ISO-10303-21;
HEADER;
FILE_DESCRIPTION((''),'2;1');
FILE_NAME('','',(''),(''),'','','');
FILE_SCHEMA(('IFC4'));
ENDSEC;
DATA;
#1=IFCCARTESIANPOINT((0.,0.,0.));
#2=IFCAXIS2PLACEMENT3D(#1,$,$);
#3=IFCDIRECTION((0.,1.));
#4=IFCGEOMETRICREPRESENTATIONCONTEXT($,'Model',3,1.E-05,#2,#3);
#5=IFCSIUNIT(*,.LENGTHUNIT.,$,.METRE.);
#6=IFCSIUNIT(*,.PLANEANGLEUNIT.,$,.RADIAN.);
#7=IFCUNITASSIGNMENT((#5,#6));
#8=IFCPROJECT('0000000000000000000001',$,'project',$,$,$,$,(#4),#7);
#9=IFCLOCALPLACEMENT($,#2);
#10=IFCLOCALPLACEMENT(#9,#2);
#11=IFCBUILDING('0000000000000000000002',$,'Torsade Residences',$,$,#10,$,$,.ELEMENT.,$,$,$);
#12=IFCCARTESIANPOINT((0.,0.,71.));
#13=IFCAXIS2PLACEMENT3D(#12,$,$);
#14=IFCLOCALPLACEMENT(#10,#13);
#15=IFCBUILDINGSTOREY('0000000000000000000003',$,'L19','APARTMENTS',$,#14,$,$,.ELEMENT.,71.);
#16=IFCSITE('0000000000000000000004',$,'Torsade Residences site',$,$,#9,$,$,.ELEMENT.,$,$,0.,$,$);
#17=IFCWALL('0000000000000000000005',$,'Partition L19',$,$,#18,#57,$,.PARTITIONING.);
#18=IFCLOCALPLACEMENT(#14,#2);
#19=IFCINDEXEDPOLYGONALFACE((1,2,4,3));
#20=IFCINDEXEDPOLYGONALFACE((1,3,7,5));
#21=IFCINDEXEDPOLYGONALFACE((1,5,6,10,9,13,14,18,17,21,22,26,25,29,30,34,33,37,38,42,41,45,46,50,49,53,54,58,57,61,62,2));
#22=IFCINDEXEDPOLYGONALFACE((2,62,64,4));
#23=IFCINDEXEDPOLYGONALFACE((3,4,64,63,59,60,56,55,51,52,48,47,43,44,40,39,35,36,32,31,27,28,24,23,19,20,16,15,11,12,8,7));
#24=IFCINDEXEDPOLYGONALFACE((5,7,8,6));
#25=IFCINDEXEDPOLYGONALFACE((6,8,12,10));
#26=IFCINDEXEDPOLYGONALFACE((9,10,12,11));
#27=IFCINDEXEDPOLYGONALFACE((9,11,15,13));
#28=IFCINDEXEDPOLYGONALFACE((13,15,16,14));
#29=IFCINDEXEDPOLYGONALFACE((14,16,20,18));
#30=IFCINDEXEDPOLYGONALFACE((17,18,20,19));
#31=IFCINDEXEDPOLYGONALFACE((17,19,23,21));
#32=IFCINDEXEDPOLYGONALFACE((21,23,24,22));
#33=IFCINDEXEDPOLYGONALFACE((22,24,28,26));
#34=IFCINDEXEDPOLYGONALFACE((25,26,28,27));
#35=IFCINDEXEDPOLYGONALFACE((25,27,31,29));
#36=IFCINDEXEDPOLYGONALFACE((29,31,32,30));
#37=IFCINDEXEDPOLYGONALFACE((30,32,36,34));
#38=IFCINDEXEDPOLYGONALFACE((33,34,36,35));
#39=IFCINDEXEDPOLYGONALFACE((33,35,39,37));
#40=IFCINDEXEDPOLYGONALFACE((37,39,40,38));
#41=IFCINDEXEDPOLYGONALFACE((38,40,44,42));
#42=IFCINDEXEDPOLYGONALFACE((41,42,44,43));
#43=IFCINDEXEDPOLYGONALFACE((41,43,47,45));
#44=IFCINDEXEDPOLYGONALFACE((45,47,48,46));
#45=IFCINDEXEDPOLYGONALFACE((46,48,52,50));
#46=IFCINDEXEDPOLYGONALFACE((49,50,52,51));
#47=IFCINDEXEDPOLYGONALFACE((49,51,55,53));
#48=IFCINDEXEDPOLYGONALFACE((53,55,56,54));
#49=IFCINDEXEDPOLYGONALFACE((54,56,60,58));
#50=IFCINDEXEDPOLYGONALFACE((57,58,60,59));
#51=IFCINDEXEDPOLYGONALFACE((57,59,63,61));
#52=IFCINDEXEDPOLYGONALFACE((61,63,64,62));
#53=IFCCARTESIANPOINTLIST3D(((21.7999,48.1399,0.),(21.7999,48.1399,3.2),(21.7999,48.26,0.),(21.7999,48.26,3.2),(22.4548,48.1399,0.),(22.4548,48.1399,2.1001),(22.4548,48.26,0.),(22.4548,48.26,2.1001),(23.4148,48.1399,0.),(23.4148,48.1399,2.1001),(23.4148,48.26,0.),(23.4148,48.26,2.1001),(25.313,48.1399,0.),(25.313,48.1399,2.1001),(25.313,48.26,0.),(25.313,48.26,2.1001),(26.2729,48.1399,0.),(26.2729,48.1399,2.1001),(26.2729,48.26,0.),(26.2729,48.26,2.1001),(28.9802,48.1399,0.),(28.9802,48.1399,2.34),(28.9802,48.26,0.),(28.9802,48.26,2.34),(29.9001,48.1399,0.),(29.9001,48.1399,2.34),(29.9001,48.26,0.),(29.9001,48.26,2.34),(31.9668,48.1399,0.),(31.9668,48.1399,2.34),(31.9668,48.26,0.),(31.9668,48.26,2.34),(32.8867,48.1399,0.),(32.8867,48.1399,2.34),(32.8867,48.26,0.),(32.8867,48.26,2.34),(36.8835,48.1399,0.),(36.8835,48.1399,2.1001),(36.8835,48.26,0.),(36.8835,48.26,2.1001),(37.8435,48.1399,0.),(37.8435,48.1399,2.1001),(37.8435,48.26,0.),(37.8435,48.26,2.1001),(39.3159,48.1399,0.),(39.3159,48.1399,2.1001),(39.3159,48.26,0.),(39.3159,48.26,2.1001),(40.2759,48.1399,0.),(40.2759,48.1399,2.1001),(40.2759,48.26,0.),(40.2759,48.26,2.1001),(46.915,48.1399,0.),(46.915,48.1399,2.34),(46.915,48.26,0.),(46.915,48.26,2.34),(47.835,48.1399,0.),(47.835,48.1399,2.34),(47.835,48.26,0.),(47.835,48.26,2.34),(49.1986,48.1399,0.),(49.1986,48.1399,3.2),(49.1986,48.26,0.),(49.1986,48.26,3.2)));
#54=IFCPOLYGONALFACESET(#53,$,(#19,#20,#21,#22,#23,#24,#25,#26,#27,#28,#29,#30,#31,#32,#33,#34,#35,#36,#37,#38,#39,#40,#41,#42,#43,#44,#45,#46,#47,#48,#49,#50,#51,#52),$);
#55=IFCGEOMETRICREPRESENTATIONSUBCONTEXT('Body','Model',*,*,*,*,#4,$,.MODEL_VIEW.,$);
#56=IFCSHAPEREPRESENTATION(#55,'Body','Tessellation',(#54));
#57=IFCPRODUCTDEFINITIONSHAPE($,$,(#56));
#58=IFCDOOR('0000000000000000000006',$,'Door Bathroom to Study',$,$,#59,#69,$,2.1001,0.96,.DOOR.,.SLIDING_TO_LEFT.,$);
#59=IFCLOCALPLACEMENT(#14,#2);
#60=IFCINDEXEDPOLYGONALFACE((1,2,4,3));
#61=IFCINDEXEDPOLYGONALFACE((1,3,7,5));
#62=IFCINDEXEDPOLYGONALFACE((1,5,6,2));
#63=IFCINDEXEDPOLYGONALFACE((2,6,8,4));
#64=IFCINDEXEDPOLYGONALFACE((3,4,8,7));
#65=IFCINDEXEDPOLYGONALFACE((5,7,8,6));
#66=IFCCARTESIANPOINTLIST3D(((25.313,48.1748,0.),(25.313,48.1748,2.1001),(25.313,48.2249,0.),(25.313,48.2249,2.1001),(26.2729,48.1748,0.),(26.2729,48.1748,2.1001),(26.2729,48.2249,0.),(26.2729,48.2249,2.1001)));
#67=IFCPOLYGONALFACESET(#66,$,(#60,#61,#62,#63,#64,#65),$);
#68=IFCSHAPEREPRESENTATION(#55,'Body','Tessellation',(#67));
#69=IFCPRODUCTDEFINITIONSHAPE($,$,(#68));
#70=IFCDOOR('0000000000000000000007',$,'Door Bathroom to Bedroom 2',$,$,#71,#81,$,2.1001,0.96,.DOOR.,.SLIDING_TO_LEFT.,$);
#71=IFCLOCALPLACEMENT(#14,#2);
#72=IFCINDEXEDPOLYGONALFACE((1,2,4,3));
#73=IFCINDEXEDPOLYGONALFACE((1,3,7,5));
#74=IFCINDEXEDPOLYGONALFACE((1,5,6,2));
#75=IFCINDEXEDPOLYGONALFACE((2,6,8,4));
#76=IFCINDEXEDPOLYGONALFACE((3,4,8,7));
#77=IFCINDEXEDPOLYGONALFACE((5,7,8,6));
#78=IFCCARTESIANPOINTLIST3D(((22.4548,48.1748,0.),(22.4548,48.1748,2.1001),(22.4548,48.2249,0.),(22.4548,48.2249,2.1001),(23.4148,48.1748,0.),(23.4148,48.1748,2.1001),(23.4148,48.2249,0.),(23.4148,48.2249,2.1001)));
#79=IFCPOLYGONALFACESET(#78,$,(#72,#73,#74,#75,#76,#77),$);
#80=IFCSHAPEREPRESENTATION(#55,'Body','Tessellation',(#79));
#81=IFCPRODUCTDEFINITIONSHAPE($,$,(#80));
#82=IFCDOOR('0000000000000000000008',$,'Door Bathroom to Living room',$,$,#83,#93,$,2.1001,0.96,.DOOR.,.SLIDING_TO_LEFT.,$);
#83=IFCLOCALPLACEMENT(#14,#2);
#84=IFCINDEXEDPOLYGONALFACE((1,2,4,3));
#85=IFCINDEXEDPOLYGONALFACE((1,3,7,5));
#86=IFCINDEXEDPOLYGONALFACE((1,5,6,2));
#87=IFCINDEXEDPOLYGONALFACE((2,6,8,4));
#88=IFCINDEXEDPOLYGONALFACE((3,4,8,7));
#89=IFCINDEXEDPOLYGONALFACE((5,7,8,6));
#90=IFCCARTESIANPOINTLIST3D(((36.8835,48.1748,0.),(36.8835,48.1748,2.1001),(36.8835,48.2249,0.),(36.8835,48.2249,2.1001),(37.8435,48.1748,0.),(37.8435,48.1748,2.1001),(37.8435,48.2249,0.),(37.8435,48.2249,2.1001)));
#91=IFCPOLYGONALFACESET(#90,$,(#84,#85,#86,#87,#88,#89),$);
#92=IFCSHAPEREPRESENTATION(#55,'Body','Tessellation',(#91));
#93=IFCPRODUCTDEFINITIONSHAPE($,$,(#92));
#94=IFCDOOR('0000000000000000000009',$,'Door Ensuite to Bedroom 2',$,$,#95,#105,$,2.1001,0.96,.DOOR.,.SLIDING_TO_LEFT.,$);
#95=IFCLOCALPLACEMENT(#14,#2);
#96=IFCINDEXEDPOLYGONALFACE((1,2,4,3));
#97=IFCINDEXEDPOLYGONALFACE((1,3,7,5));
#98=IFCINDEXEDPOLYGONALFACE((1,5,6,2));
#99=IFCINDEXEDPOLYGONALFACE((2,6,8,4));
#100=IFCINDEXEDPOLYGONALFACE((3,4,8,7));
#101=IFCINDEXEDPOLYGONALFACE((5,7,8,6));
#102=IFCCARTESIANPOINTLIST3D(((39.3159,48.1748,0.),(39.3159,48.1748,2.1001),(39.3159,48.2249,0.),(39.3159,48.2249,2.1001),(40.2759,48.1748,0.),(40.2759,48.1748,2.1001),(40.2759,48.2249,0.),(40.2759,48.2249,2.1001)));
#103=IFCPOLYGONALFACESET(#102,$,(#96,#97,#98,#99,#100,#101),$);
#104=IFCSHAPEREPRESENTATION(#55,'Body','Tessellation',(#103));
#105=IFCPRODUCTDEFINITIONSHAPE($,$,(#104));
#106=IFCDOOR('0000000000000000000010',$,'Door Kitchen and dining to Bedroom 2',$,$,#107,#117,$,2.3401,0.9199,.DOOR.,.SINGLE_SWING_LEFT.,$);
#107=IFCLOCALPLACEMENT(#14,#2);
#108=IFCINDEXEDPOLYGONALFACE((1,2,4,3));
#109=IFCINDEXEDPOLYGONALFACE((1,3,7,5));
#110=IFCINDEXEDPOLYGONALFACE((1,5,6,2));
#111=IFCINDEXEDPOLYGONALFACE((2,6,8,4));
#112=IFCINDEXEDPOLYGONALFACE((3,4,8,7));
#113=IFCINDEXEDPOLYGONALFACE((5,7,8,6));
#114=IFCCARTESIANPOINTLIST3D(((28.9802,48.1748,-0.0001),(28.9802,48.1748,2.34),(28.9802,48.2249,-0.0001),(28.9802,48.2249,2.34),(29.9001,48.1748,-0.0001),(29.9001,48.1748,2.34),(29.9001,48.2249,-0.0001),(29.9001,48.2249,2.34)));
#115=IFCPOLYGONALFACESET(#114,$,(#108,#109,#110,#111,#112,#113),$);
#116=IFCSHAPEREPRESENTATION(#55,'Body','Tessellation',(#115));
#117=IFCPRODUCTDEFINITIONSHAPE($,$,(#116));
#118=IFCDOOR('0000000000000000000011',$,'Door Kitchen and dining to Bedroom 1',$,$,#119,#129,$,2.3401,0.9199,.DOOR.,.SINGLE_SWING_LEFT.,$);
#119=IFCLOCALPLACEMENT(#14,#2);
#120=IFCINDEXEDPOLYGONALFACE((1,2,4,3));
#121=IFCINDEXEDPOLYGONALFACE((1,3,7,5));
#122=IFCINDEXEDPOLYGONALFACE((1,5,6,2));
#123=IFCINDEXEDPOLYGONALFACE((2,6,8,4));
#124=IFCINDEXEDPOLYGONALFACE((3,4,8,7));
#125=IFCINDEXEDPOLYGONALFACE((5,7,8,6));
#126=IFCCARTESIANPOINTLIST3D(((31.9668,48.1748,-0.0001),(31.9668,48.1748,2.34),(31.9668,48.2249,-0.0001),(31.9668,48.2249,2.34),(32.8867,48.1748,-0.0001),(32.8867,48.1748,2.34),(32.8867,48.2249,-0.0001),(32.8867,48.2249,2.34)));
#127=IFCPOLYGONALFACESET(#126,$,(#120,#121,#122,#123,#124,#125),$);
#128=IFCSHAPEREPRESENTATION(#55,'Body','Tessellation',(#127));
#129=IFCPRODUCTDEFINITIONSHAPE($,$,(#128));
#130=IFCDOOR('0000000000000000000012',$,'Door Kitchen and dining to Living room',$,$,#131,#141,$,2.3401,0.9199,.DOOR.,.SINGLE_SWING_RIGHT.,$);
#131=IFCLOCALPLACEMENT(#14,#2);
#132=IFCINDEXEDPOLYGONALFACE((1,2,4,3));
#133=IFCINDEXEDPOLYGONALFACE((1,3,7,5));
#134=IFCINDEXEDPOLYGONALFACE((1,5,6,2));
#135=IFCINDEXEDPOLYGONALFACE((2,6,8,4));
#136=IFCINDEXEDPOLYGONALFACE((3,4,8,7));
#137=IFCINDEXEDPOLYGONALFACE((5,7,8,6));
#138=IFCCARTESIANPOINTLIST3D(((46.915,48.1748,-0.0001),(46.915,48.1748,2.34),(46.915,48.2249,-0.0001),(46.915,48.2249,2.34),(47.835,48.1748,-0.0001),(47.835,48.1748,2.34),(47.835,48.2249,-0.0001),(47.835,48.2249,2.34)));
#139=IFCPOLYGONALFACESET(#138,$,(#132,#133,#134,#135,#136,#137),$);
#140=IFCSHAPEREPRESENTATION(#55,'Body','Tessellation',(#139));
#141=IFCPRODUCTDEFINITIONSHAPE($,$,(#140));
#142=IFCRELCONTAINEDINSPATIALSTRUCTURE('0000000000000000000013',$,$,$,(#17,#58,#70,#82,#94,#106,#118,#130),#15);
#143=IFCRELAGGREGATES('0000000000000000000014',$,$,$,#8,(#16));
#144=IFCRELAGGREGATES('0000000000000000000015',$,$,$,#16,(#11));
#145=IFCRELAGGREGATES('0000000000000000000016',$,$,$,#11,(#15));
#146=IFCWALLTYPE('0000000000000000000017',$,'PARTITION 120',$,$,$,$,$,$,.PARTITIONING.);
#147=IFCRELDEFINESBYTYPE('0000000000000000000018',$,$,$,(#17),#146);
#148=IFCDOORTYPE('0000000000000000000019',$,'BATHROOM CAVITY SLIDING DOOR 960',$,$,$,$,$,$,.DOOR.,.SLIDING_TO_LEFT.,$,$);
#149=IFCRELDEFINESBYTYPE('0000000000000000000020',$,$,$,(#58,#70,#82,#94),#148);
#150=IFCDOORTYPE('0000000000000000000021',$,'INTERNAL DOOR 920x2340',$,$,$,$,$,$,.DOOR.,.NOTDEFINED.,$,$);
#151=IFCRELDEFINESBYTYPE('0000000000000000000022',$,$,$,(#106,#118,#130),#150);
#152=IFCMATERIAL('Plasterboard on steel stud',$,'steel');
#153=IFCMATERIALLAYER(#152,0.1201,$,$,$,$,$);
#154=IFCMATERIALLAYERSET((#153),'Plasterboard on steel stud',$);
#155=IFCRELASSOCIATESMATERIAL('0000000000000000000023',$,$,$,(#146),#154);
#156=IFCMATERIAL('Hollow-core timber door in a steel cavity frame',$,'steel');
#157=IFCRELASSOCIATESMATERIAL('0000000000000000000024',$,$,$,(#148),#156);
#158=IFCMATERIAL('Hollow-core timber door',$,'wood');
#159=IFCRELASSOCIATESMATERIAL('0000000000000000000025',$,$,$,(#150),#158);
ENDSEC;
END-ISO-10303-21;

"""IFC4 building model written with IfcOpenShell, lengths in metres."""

from ifc_helpers import new_model, si_unit, direction, frame, frame_2d, origin, place, context, subcontext, project, spatial, rectangle, extrude, material, layer, layer_set, type_object, element, fill, save


model = new_model("IFC4")

# Units and contexts
model_context = context("Model", 3, precision=1e-05, world=origin(), true_north=direction((0.0, 1.0)))
body_context = subcontext(model_context, "Body", "Model", "MODEL_VIEW")
ifc_project = project(units=[si_unit("LENGTHUNIT", "METRE"), si_unit("PLANEANGLEUNIT", "RADIAN")], contexts=[model_context])

# Site, building, storey
site_placement = place(None, origin())
site = spatial("IfcSite", under=ifc_project, at=site_placement, Name="Torsade Residences site", CompositionType="ELEMENT", RefElevation=0.0)
building_placement = place(site_placement, origin())
building = spatial("IfcBuilding", under=site, at=building_placement, Name="Torsade Residences", CompositionType="ELEMENT")
storey_placement = place(building_placement, frame((0.0, 0.0, 71.0)))
storey = spatial("IfcBuildingStorey", under=building, at=storey_placement, Name="L19", Description="APARTMENTS", CompositionType="ELEMENT", Elevation=71.0)

# Wall, openings, doors
ifc_material_1 = material(Name="Plasterboard on steel stud", Category="steel")
ifc_layer_1 = layer(ifc_material_1, 0.1201)
ifc_layer_set_1 = layer_set([ifc_layer_1], Name="Plasterboard on steel stud")
wall_type_1 = type_object("IfcWallType", Name="PARTITION 120", PredefinedType="PARTITIONING", material=ifc_layer_set_1)
wall_1_placement = place(storey_placement, frame((21.8, 48.2, 0.0), z_axis=(0.0, 0.0, 1.0), x_axis=(1.0, 0.0, 0.0)))
wall_1 = element("IfcWall", 1, at=wall_1_placement, inside=storey, type_object=wall_type_1, Name="Partition L19", PredefinedType="PARTITIONING", context=body_context, shape_type="SweptSolid", body=[
    extrude(rectangle(XDim=27.3987, YDim=0.1201, at=frame_2d((13.6992, 0.0))), origin(), (0.0, 0.0, 1.0), 3.2),
])
opening_1_placement = place(wall_1_placement, frame((7.1802, 0.0, 0.0)))
opening_1 = element("IfcOpeningElement", 2, at=opening_1_placement, cuts=wall_1, PredefinedType="OPENING", context=body_context, shape_type="SweptSolid", body=[
    extrude(rectangle(XDim=0.9199, YDim=2.3401, at=frame_2d((0.46, 1.1699))), frame((0.0, 0.0701, 0.0), z_axis=(0.0, -1.0, 0.0), x_axis=(1.0, 0.0, 0.0)), (0.0, 0.0, 1.0), 0.1401),
])
opening_2_placement = place(wall_1_placement, frame((10.1667, 0.0, 0.0)))
opening_2 = element("IfcOpeningElement", 3, at=opening_2_placement, cuts=wall_1, PredefinedType="OPENING", context=body_context, shape_type="SweptSolid", body=[
    extrude(rectangle(XDim=0.9199, YDim=2.3401, at=frame_2d((0.46, 1.1699))), frame((0.0, 0.0701, 0.0), z_axis=(0.0, -1.0, 0.0), x_axis=(1.0, 0.0, 0.0)), (0.0, 0.0, 1.0), 0.1401),
])
opening_3_placement = place(wall_1_placement, frame((25.115, 0.0, 0.0)))
opening_3 = element("IfcOpeningElement", 4, at=opening_3_placement, cuts=wall_1, PredefinedType="OPENING", context=body_context, shape_type="SweptSolid", body=[
    extrude(rectangle(XDim=0.9199, YDim=2.3401, at=frame_2d((0.46, 1.1699))), frame((0.0, 0.0701, 0.0), z_axis=(0.0, -1.0, 0.0), x_axis=(1.0, 0.0, 0.0)), (0.0, 0.0, 1.0), 0.1401),
])
opening_4_placement = place(wall_1_placement, frame((3.5129, 0.0, 0.0)))
opening_4 = element("IfcOpeningElement", 5, at=opening_4_placement, cuts=wall_1, PredefinedType="OPENING", context=body_context, shape_type="SweptSolid", body=[
    extrude(rectangle(XDim=0.96, YDim=2.1001, at=frame_2d((0.48, 1.05))), frame((0.0, 0.0701, 0.0), z_axis=(0.0, -1.0, 0.0), x_axis=(1.0, 0.0, 0.0)), (0.0, 0.0, 1.0), 0.1401),
])
opening_5_placement = place(wall_1_placement, frame((0.6548, 0.0, 0.0)))
opening_5 = element("IfcOpeningElement", 6, at=opening_5_placement, cuts=wall_1, PredefinedType="OPENING", context=body_context, shape_type="SweptSolid", body=[
    extrude(rectangle(XDim=0.96, YDim=2.1001, at=frame_2d((0.48, 1.05))), frame((0.0, 0.0701, 0.0), z_axis=(0.0, -1.0, 0.0), x_axis=(1.0, 0.0, 0.0)), (0.0, 0.0, 1.0), 0.1401),
])
opening_6_placement = place(wall_1_placement, frame((15.0835, 0.0, 0.0)))
opening_6 = element("IfcOpeningElement", 7, at=opening_6_placement, cuts=wall_1, PredefinedType="OPENING", context=body_context, shape_type="SweptSolid", body=[
    extrude(rectangle(XDim=0.96, YDim=2.1001, at=frame_2d((0.48, 1.05))), frame((0.0, 0.0701, 0.0), z_axis=(0.0, -1.0, 0.0), x_axis=(1.0, 0.0, 0.0)), (0.0, 0.0, 1.0), 0.1401),
])
opening_7_placement = place(wall_1_placement, frame((17.5159, 0.0, 0.0)))
opening_7 = element("IfcOpeningElement", 8, at=opening_7_placement, cuts=wall_1, PredefinedType="OPENING", context=body_context, shape_type="SweptSolid", body=[
    extrude(rectangle(XDim=0.96, YDim=2.1001, at=frame_2d((0.48, 1.05))), frame((0.0, 0.0701, 0.0), z_axis=(0.0, -1.0, 0.0), x_axis=(1.0, 0.0, 0.0)), (0.0, 0.0, 1.0), 0.1401),
])
ifc_material_2 = material(Name="Hollow-core timber door in a steel cavity frame", Category="steel")
door_type_1 = type_object("IfcDoorType", Name="BATHROOM CAVITY SLIDING DOOR 960", OperationType="SLIDING_TO_LEFT", PredefinedType="DOOR", material=ifc_material_2)
door_1_placement = place(opening_4_placement, origin())
door_1 = element("IfcDoor", 9, at=door_1_placement, inside=storey, type_object=door_type_1, Name="Door Bathroom to Study", OperationType="SLIDING_TO_LEFT", OverallHeight=2.1001, OverallWidth=0.96, PredefinedType="DOOR", context=body_context, shape_type="SweptSolid", body=[
    extrude(rectangle(XDim=0.96, YDim=2.1001, at=frame_2d((0.48, 1.05))), frame((0.0, 0.0249, 0.0), z_axis=(0.0, -1.0, 0.0), x_axis=(1.0, 0.0, 0.0)), (0.0, 0.0, 1.0), 0.05),
])
fill(opening_4, door_1)
door_2_placement = place(opening_5_placement, origin())
door_2 = element("IfcDoor", 10, at=door_2_placement, inside=storey, type_object=door_type_1, Name="Door Bathroom to Bedroom 2", OperationType="SLIDING_TO_LEFT", OverallHeight=2.1001, OverallWidth=0.96, PredefinedType="DOOR", context=body_context, shape_type="SweptSolid", body=[
    extrude(rectangle(XDim=0.96, YDim=2.1001, at=frame_2d((0.48, 1.05))), frame((0.0, 0.0249, 0.0), z_axis=(0.0, -1.0, 0.0), x_axis=(1.0, 0.0, 0.0)), (0.0, 0.0, 1.0), 0.05),
])
fill(opening_5, door_2)
door_3_placement = place(opening_6_placement, origin())
door_3 = element("IfcDoor", 11, at=door_3_placement, inside=storey, type_object=door_type_1, Name="Door Bathroom to Living room", OperationType="SLIDING_TO_LEFT", OverallHeight=2.1001, OverallWidth=0.96, PredefinedType="DOOR", context=body_context, shape_type="SweptSolid", body=[
    extrude(rectangle(XDim=0.96, YDim=2.1001, at=frame_2d((0.48, 1.05))), frame((0.0, 0.0249, 0.0), z_axis=(0.0, -1.0, 0.0), x_axis=(1.0, 0.0, 0.0)), (0.0, 0.0, 1.0), 0.05),
])
fill(opening_6, door_3)
door_4_placement = place(opening_7_placement, origin())
door_4 = element("IfcDoor", 12, at=door_4_placement, inside=storey, type_object=door_type_1, Name="Door Ensuite to Bedroom 2", OperationType="SLIDING_TO_LEFT", OverallHeight=2.1001, OverallWidth=0.96, PredefinedType="DOOR", context=body_context, shape_type="SweptSolid", body=[
    extrude(rectangle(XDim=0.96, YDim=2.1001, at=frame_2d((0.48, 1.05))), frame((0.0, 0.0249, 0.0), z_axis=(0.0, -1.0, 0.0), x_axis=(1.0, 0.0, 0.0)), (0.0, 0.0, 1.0), 0.05),
])
fill(opening_7, door_4)
ifc_material_3 = material(Name="Hollow-core timber door", Category="wood")
door_type_2 = type_object("IfcDoorType", Name="INTERNAL DOOR 920x2340", OperationType="NOTDEFINED", PredefinedType="DOOR", material=ifc_material_3)
door_5_placement = place(opening_1_placement, origin())
door_5 = element("IfcDoor", 13, at=door_5_placement, inside=storey, type_object=door_type_2, Name="Door Kitchen and dining to Bedroom 2", OperationType="SINGLE_SWING_LEFT", OverallHeight=2.3401, OverallWidth=0.9199, PredefinedType="DOOR", context=body_context, shape_type="SweptSolid", body=[
    extrude(rectangle(XDim=0.9199, YDim=2.3401, at=frame_2d((0.46, 1.1699))), frame((0.0, 0.0249, 0.0), z_axis=(0.0, -1.0, 0.0), x_axis=(1.0, 0.0, 0.0)), (0.0, 0.0, 1.0), 0.05),
])
fill(opening_1, door_5)
door_6_placement = place(opening_2_placement, origin())
door_6 = element("IfcDoor", 14, at=door_6_placement, inside=storey, type_object=door_type_2, Name="Door Kitchen and dining to Bedroom 1", OperationType="SINGLE_SWING_LEFT", OverallHeight=2.3401, OverallWidth=0.9199, PredefinedType="DOOR", context=body_context, shape_type="SweptSolid", body=[
    extrude(rectangle(XDim=0.9199, YDim=2.3401, at=frame_2d((0.46, 1.1699))), frame((0.0, 0.0249, 0.0), z_axis=(0.0, -1.0, 0.0), x_axis=(1.0, 0.0, 0.0)), (0.0, 0.0, 1.0), 0.05),
])
fill(opening_2, door_6)
door_7_placement = place(opening_3_placement, origin())
door_7 = element("IfcDoor", 15, at=door_7_placement, inside=storey, type_object=door_type_2, Name="Door Kitchen and dining to Living room", OperationType="SINGLE_SWING_RIGHT", OverallHeight=2.3401, OverallWidth=0.9199, PredefinedType="DOOR", context=body_context, shape_type="SweptSolid", body=[
    extrude(rectangle(XDim=0.9199, YDim=2.3401, at=frame_2d((0.46, 1.1699))), frame((0.0, 0.0249, 0.0), z_axis=(0.0, -1.0, 0.0), x_axis=(1.0, 0.0, 0.0)), (0.0, 0.0, 1.0), 0.05),
])
fill(opening_3, door_7)

save(model, "model.ifc")
